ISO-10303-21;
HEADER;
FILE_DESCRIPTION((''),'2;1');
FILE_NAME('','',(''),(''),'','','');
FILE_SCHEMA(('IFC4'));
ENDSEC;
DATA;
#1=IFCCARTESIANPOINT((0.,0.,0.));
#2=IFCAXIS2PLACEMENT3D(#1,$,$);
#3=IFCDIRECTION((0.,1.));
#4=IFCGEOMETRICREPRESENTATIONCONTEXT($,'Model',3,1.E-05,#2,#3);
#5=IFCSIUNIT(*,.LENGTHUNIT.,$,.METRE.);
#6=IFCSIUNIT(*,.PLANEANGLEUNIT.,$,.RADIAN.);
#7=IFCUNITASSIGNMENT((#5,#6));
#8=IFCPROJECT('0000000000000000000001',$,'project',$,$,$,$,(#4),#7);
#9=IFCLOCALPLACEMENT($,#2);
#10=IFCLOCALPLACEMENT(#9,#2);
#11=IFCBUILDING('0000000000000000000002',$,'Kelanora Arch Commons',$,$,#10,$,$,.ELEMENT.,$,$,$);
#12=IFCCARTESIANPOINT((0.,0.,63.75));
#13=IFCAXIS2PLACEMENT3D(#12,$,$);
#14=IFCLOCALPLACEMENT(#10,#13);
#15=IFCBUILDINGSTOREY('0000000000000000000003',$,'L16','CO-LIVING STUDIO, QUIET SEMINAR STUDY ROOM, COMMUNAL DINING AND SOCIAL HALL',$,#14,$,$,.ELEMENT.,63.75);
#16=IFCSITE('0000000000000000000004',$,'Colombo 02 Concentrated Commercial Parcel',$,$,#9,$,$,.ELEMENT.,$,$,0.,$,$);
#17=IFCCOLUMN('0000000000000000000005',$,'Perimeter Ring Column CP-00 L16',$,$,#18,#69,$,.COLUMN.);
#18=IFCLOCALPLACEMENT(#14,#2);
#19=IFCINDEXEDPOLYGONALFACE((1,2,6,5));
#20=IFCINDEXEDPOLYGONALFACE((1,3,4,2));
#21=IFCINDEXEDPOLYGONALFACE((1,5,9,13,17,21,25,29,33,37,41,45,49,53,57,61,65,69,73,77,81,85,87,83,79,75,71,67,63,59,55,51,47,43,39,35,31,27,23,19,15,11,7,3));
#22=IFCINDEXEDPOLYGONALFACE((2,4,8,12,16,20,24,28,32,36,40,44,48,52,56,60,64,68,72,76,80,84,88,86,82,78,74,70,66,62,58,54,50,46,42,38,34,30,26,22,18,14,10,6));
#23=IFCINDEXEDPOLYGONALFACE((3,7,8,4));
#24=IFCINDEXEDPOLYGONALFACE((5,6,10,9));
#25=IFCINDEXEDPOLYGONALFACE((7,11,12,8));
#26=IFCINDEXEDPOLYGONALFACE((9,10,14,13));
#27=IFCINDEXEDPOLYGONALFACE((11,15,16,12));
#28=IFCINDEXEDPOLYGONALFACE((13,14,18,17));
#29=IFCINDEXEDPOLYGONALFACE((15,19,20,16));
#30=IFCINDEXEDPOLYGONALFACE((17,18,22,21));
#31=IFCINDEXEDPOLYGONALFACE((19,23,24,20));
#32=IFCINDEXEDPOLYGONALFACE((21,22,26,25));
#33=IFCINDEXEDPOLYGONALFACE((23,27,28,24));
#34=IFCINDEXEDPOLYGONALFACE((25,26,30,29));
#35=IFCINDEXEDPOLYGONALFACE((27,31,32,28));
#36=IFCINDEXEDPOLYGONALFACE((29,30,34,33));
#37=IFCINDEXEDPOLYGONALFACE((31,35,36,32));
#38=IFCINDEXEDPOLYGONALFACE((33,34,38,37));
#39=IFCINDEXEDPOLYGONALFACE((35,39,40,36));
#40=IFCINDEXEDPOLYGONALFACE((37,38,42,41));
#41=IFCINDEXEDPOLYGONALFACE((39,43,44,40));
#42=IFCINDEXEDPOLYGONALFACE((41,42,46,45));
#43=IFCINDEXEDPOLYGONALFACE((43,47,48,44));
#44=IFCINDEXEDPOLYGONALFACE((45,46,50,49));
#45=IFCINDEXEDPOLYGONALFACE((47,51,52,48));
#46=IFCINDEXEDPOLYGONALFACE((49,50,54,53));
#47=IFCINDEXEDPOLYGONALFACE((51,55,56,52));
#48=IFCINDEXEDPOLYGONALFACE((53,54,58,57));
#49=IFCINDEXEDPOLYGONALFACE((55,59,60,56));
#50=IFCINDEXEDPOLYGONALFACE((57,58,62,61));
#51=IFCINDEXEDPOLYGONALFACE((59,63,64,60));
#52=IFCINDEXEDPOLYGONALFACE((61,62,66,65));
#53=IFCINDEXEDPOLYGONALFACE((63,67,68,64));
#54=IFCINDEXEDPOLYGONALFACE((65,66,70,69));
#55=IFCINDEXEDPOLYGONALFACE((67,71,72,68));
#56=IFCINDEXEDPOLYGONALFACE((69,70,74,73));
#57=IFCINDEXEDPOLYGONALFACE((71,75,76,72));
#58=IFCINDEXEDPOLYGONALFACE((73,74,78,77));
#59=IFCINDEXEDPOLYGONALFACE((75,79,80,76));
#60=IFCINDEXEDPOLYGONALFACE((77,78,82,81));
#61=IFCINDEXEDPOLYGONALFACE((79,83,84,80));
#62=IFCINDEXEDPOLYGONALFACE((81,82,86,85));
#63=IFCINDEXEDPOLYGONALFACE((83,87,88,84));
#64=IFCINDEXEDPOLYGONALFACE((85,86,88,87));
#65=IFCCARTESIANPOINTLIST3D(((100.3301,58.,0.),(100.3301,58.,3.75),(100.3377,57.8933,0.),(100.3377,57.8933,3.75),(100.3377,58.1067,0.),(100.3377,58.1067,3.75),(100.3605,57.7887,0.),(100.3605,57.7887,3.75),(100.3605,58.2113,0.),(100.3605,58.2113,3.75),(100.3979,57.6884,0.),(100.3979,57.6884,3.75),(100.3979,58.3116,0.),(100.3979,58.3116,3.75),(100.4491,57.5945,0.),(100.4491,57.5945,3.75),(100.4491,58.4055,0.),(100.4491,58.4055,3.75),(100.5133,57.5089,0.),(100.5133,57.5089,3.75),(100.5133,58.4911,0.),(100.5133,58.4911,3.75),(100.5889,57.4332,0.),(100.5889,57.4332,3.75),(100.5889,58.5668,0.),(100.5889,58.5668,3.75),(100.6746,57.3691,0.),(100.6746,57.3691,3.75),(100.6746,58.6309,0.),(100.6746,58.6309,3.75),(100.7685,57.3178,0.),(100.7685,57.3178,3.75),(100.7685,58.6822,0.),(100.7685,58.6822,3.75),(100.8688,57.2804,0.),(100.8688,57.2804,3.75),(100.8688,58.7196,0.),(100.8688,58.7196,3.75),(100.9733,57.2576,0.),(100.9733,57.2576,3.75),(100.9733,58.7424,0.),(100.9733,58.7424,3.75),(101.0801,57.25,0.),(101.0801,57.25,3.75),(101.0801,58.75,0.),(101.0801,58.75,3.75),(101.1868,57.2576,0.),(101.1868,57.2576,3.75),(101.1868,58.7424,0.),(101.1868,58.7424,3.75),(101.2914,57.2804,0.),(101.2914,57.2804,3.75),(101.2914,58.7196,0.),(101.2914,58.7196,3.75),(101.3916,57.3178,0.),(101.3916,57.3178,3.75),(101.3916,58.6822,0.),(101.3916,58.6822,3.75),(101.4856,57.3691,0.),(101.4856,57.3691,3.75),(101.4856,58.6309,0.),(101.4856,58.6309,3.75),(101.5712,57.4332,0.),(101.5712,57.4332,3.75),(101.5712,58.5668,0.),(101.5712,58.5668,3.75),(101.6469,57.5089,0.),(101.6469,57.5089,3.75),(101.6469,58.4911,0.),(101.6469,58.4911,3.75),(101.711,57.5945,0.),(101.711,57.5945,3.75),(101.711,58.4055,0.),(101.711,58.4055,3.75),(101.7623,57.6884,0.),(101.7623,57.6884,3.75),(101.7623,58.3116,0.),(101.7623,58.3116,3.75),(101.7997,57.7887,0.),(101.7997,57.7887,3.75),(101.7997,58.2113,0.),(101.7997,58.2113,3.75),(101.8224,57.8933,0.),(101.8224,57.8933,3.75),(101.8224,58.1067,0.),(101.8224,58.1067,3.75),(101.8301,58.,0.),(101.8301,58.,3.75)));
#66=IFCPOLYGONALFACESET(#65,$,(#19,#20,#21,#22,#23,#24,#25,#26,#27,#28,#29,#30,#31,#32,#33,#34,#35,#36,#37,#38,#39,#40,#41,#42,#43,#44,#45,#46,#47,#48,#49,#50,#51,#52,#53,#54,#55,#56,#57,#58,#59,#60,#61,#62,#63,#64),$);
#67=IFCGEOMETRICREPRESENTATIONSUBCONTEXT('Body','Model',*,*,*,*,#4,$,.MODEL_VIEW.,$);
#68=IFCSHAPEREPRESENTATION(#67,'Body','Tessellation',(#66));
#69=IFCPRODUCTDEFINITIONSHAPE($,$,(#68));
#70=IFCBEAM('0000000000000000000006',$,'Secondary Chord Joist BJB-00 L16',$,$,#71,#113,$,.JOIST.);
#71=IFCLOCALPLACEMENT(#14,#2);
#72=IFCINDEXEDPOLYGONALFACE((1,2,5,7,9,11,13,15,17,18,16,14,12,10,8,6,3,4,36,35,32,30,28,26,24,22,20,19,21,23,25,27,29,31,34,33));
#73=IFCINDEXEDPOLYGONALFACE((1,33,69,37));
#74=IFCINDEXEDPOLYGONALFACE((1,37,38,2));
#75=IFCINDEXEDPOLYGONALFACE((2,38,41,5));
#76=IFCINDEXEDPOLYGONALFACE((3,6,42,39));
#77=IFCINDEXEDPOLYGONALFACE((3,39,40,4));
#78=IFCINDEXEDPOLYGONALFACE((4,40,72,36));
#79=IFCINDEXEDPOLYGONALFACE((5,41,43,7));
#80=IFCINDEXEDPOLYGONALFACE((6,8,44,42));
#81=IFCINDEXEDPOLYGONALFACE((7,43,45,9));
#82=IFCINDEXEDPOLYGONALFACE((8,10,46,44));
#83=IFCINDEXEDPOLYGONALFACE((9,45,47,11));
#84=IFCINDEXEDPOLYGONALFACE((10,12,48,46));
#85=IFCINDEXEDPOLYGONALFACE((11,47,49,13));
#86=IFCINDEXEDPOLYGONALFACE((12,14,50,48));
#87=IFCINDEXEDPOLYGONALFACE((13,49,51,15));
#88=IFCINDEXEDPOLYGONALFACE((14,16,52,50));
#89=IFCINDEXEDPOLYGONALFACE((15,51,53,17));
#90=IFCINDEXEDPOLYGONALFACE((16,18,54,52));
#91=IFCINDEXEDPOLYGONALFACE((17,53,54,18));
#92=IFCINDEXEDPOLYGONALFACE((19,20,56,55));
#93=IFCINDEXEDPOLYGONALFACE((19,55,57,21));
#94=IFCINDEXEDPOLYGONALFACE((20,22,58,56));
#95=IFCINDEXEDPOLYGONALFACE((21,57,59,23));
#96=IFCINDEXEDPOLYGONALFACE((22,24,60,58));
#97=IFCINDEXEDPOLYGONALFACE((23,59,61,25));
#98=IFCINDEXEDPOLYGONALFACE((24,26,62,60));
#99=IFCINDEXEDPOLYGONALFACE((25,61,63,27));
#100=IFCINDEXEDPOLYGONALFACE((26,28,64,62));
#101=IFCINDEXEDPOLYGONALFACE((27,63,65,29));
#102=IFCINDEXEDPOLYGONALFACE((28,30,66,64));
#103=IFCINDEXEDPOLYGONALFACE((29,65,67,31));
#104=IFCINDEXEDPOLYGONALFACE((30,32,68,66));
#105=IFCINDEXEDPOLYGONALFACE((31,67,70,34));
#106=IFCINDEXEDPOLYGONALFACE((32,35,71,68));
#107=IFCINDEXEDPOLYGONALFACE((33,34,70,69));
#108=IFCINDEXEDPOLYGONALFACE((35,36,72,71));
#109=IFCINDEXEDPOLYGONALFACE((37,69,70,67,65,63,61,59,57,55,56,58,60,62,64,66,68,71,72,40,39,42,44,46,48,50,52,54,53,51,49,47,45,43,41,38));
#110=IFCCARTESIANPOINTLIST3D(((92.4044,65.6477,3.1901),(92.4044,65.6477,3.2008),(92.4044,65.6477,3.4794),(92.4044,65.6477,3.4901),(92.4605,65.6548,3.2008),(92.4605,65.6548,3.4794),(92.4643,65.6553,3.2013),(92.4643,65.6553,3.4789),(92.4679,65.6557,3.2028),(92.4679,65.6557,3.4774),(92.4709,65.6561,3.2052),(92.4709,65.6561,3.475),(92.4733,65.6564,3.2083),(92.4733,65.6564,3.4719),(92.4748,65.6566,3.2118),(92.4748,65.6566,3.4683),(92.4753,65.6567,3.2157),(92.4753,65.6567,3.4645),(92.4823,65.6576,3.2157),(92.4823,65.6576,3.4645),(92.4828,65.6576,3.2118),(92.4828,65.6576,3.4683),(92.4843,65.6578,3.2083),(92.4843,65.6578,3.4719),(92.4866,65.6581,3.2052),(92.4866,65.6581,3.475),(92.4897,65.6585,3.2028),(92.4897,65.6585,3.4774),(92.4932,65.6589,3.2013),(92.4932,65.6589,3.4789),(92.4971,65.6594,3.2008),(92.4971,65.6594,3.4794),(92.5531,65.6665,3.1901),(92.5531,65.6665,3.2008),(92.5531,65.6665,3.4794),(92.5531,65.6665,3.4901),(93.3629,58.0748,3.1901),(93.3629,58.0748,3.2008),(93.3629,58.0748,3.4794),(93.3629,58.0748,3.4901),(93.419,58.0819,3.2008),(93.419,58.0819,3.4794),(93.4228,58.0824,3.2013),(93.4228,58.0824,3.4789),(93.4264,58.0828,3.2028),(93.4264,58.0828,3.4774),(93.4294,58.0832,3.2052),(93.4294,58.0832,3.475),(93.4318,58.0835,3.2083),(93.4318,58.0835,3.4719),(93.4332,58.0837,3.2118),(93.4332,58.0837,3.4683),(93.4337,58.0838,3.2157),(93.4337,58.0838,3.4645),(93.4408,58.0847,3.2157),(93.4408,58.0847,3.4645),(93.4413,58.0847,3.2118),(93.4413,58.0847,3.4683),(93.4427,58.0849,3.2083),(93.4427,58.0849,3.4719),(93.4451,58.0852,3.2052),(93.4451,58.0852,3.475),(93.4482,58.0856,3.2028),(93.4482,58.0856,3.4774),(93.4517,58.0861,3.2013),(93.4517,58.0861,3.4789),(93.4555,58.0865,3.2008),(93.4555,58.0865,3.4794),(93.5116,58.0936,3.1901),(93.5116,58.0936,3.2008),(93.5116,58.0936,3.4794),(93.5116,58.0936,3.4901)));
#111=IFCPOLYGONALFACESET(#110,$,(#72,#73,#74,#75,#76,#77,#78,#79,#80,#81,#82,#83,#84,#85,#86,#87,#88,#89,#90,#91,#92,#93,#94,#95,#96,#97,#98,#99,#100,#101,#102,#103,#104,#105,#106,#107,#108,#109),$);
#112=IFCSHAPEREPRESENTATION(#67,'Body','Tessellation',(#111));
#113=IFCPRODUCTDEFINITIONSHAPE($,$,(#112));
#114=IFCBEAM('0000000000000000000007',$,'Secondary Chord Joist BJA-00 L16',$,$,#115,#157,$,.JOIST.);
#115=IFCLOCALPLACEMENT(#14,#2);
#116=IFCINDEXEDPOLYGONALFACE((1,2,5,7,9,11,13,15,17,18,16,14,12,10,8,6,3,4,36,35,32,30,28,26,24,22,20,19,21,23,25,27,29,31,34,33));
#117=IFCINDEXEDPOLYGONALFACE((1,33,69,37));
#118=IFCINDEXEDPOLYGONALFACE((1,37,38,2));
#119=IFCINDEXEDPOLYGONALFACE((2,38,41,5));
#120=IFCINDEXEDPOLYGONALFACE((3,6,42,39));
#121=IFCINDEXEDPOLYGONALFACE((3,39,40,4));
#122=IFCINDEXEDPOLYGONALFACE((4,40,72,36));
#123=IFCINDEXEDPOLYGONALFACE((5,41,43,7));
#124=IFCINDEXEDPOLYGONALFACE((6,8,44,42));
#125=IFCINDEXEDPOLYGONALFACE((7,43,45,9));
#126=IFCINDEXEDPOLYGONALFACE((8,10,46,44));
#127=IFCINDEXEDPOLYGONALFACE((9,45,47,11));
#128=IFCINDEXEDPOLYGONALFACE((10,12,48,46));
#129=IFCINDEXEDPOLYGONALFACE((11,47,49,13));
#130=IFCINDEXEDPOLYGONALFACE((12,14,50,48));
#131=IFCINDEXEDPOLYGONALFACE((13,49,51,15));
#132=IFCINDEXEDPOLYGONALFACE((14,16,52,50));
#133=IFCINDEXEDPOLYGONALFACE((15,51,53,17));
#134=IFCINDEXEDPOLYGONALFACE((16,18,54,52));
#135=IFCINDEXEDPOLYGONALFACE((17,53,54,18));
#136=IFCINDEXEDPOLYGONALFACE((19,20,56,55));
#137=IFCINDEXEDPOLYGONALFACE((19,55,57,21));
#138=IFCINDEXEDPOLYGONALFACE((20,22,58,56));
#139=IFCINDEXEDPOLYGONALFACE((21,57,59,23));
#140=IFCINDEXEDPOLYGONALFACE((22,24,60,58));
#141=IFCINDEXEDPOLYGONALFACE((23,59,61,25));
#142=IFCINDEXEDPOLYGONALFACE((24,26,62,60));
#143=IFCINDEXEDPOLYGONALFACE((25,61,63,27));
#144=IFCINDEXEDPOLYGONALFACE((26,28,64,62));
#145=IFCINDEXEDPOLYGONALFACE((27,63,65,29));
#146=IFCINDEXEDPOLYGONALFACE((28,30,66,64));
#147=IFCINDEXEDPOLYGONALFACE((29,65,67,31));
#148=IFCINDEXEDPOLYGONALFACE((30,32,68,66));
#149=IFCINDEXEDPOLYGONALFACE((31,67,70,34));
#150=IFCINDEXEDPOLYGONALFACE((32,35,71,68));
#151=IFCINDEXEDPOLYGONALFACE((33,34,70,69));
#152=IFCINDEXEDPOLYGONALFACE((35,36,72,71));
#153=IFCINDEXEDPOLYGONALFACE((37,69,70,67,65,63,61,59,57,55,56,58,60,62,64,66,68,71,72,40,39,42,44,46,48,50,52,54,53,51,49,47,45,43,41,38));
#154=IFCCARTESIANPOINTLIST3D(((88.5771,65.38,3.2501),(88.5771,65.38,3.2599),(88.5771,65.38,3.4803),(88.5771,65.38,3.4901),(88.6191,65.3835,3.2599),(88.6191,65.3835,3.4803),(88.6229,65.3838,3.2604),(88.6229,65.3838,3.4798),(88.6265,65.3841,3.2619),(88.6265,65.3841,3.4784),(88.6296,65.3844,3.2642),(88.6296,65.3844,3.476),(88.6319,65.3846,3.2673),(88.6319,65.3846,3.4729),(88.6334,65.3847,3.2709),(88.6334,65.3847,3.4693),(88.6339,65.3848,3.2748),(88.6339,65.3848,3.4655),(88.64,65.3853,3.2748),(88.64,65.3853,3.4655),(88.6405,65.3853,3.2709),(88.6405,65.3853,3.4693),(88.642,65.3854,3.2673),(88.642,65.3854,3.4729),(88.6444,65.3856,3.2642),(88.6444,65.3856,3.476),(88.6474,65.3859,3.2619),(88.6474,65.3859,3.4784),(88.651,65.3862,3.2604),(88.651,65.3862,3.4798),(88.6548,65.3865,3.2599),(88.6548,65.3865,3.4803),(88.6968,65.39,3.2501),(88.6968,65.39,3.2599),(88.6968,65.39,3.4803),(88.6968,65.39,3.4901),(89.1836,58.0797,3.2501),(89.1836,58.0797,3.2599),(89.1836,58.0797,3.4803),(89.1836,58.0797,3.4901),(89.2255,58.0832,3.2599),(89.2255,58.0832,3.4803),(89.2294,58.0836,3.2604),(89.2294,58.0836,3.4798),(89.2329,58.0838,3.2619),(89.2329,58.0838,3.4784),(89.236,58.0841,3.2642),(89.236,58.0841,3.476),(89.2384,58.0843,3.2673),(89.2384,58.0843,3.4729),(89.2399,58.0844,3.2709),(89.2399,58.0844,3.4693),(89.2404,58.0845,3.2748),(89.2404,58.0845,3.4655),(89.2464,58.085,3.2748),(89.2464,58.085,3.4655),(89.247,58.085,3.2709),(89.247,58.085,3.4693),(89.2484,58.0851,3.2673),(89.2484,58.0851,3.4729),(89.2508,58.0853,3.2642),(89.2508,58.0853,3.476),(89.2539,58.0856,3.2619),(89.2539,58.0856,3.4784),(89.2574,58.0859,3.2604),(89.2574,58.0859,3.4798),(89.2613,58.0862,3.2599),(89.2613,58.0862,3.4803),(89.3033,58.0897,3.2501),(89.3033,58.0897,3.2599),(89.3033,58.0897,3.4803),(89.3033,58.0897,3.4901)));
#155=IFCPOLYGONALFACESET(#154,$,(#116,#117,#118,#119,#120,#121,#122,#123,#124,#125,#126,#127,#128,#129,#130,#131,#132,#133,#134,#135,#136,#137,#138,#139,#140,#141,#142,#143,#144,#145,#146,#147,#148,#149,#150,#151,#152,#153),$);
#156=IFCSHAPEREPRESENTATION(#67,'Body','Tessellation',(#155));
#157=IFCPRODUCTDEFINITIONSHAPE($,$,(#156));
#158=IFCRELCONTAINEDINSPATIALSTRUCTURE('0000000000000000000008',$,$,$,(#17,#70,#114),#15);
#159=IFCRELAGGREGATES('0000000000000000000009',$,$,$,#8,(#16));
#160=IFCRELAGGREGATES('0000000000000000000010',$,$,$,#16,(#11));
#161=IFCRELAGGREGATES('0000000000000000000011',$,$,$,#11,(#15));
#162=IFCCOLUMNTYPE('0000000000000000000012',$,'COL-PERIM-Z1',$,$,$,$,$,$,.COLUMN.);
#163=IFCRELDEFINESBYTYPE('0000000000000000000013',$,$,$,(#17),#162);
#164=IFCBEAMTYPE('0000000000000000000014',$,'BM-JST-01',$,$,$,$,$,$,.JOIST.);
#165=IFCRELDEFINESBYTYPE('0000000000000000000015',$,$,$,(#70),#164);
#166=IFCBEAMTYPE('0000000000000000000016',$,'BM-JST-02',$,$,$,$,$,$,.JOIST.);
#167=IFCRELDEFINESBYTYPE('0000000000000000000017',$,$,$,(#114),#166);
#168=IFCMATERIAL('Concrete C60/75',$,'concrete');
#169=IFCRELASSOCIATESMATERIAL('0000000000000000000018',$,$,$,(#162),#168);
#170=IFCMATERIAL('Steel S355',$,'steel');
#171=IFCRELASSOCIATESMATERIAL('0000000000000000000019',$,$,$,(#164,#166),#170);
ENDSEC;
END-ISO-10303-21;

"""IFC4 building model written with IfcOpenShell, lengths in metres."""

from ifc_helpers import new_model, si_unit, direction, frame, origin, origin_2d, place, context, subcontext, project, spatial, circle, i_section, extrude, material, material_profile, profile_set, type_object, element, save


model = new_model("IFC4")

# Units and contexts
model_context = context("Model", 3, precision=1e-05, world=origin(), true_north=direction((0.0, 1.0)))
body_context = subcontext(model_context, "Body", "Model", "MODEL_VIEW")
ifc_project = project(units=[si_unit("LENGTHUNIT", "METRE"), si_unit("PLANEANGLEUNIT", "RADIAN")], contexts=[model_context])

# Site, building, storey
site_placement = place(None, origin())
site = spatial("IfcSite", under=ifc_project, at=site_placement, Name="Colombo 02 Concentrated Commercial Parcel", CompositionType="ELEMENT", RefElevation=0.0)
building_placement = place(site_placement, origin())
building = spatial("IfcBuilding", under=site, at=building_placement, Name="Kelanora Arch Commons", CompositionType="ELEMENT")
storey_placement = place(building_placement, frame((0.0, 0.0, 63.75)))
storey = spatial("IfcBuildingStorey", under=building, at=storey_placement, Name="L16", Description="CO-LIVING STUDIO, QUIET SEMINAR STUDY ROOM, COMMUNAL DINING AND SOCIAL HALL", CompositionType="ELEMENT", Elevation=63.75)

# Column
ifc_material_1 = material(Name="Concrete C60/75", Category="concrete")
ifc_material_profile_1 = material_profile(ifc_material_1, circle(Radius=0.75, at=origin_2d()), Name="RCC1500")
ifc_profile_set_1 = profile_set([ifc_material_profile_1], Name="Concrete C60/75")
column_type = type_object("IfcColumnType", Name="COL-PERIM-Z1", PredefinedType="COLUMN", material=ifc_profile_set_1)
column_placement = place(storey_placement, frame((101.0801, 58.0, 0.0), z_axis=(0.0, 0.0, 1.0), x_axis=(1.0, 0.0, 0.0)))
element("IfcColumn", 1, at=column_placement, inside=storey, type_object=column_type, Name="Perimeter Ring Column CP-00 L16", PredefinedType="COLUMN", context=body_context, shape_type="SweptSolid", body=[
    extrude(circle(Radius=0.75, at=origin_2d()), origin(), (0.0, 0.0, 1.0), 3.75),
])

# Beams
ifc_material_2 = material(Name="Steel S355", Category="steel")
ifc_material_profile_2 = material_profile(ifc_material_2, i_section(OverallWidth=0.1499, OverallDepth=0.3, WebThickness=0.0071, FlangeThickness=0.0107, FilletRadius=0.0149, at=origin_2d()), Name="IPE300")
ifc_profile_set_2 = profile_set([ifc_material_profile_2], Name="Steel S355")
beam_type_1 = type_object("IfcBeamType", Name="BM-JST-01", PredefinedType="JOIST", material=ifc_profile_set_2)
beam_1_placement = place(storey_placement, frame((93.4373, 58.0842, 3.3401), z_axis=(-0.125566, 0.992085, 0.0), x_axis=(-0.992085, -0.125566, 0.0)))
element("IfcBeam", 2, at=beam_1_placement, inside=storey, type_object=beam_type_1, Name="Secondary Chord Joist BJB-00 L16", PredefinedType="JOIST", context=body_context, shape_type="SweptSolid", body=[
    extrude(i_section(OverallWidth=0.1499, OverallDepth=0.3, WebThickness=0.0071, FlangeThickness=0.0107, FilletRadius=0.0149, at=origin_2d()), origin(), (0.0, 0.0, 1.0), 7.6333),
])
ifc_material_profile_3 = material_profile(ifc_material_2, i_section(OverallWidth=0.1201, OverallDepth=0.24, WebThickness=0.0061, FlangeThickness=0.0098, FilletRadius=0.0149, at=origin_2d()), Name="IPE240")
ifc_profile_set_3 = profile_set([ifc_material_profile_3], Name="Steel S355")
beam_type_2 = type_object("IfcBeamType", Name="BM-JST-02", PredefinedType="JOIST", material=ifc_profile_set_3)
beam_2_placement = place(storey_placement, frame((89.2434, 58.0847, 3.3701), z_axis=(-0.082786, 0.996567, 0.0), x_axis=(-0.996567, -0.082786, 0.0)))
element("IfcBeam", 3, at=beam_2_placement, inside=storey, type_object=beam_type_2, Name="Secondary Chord Joist BJA-00 L16", PredefinedType="JOIST", context=body_context, shape_type="SweptSolid", body=[
    extrude(i_section(OverallWidth=0.1201, OverallDepth=0.24, WebThickness=0.0061, FlangeThickness=0.0098, FilletRadius=0.0149, at=origin_2d()), origin(), (0.0, 0.0, 1.0), 7.3254),
])

save(model, "model.ifc")
